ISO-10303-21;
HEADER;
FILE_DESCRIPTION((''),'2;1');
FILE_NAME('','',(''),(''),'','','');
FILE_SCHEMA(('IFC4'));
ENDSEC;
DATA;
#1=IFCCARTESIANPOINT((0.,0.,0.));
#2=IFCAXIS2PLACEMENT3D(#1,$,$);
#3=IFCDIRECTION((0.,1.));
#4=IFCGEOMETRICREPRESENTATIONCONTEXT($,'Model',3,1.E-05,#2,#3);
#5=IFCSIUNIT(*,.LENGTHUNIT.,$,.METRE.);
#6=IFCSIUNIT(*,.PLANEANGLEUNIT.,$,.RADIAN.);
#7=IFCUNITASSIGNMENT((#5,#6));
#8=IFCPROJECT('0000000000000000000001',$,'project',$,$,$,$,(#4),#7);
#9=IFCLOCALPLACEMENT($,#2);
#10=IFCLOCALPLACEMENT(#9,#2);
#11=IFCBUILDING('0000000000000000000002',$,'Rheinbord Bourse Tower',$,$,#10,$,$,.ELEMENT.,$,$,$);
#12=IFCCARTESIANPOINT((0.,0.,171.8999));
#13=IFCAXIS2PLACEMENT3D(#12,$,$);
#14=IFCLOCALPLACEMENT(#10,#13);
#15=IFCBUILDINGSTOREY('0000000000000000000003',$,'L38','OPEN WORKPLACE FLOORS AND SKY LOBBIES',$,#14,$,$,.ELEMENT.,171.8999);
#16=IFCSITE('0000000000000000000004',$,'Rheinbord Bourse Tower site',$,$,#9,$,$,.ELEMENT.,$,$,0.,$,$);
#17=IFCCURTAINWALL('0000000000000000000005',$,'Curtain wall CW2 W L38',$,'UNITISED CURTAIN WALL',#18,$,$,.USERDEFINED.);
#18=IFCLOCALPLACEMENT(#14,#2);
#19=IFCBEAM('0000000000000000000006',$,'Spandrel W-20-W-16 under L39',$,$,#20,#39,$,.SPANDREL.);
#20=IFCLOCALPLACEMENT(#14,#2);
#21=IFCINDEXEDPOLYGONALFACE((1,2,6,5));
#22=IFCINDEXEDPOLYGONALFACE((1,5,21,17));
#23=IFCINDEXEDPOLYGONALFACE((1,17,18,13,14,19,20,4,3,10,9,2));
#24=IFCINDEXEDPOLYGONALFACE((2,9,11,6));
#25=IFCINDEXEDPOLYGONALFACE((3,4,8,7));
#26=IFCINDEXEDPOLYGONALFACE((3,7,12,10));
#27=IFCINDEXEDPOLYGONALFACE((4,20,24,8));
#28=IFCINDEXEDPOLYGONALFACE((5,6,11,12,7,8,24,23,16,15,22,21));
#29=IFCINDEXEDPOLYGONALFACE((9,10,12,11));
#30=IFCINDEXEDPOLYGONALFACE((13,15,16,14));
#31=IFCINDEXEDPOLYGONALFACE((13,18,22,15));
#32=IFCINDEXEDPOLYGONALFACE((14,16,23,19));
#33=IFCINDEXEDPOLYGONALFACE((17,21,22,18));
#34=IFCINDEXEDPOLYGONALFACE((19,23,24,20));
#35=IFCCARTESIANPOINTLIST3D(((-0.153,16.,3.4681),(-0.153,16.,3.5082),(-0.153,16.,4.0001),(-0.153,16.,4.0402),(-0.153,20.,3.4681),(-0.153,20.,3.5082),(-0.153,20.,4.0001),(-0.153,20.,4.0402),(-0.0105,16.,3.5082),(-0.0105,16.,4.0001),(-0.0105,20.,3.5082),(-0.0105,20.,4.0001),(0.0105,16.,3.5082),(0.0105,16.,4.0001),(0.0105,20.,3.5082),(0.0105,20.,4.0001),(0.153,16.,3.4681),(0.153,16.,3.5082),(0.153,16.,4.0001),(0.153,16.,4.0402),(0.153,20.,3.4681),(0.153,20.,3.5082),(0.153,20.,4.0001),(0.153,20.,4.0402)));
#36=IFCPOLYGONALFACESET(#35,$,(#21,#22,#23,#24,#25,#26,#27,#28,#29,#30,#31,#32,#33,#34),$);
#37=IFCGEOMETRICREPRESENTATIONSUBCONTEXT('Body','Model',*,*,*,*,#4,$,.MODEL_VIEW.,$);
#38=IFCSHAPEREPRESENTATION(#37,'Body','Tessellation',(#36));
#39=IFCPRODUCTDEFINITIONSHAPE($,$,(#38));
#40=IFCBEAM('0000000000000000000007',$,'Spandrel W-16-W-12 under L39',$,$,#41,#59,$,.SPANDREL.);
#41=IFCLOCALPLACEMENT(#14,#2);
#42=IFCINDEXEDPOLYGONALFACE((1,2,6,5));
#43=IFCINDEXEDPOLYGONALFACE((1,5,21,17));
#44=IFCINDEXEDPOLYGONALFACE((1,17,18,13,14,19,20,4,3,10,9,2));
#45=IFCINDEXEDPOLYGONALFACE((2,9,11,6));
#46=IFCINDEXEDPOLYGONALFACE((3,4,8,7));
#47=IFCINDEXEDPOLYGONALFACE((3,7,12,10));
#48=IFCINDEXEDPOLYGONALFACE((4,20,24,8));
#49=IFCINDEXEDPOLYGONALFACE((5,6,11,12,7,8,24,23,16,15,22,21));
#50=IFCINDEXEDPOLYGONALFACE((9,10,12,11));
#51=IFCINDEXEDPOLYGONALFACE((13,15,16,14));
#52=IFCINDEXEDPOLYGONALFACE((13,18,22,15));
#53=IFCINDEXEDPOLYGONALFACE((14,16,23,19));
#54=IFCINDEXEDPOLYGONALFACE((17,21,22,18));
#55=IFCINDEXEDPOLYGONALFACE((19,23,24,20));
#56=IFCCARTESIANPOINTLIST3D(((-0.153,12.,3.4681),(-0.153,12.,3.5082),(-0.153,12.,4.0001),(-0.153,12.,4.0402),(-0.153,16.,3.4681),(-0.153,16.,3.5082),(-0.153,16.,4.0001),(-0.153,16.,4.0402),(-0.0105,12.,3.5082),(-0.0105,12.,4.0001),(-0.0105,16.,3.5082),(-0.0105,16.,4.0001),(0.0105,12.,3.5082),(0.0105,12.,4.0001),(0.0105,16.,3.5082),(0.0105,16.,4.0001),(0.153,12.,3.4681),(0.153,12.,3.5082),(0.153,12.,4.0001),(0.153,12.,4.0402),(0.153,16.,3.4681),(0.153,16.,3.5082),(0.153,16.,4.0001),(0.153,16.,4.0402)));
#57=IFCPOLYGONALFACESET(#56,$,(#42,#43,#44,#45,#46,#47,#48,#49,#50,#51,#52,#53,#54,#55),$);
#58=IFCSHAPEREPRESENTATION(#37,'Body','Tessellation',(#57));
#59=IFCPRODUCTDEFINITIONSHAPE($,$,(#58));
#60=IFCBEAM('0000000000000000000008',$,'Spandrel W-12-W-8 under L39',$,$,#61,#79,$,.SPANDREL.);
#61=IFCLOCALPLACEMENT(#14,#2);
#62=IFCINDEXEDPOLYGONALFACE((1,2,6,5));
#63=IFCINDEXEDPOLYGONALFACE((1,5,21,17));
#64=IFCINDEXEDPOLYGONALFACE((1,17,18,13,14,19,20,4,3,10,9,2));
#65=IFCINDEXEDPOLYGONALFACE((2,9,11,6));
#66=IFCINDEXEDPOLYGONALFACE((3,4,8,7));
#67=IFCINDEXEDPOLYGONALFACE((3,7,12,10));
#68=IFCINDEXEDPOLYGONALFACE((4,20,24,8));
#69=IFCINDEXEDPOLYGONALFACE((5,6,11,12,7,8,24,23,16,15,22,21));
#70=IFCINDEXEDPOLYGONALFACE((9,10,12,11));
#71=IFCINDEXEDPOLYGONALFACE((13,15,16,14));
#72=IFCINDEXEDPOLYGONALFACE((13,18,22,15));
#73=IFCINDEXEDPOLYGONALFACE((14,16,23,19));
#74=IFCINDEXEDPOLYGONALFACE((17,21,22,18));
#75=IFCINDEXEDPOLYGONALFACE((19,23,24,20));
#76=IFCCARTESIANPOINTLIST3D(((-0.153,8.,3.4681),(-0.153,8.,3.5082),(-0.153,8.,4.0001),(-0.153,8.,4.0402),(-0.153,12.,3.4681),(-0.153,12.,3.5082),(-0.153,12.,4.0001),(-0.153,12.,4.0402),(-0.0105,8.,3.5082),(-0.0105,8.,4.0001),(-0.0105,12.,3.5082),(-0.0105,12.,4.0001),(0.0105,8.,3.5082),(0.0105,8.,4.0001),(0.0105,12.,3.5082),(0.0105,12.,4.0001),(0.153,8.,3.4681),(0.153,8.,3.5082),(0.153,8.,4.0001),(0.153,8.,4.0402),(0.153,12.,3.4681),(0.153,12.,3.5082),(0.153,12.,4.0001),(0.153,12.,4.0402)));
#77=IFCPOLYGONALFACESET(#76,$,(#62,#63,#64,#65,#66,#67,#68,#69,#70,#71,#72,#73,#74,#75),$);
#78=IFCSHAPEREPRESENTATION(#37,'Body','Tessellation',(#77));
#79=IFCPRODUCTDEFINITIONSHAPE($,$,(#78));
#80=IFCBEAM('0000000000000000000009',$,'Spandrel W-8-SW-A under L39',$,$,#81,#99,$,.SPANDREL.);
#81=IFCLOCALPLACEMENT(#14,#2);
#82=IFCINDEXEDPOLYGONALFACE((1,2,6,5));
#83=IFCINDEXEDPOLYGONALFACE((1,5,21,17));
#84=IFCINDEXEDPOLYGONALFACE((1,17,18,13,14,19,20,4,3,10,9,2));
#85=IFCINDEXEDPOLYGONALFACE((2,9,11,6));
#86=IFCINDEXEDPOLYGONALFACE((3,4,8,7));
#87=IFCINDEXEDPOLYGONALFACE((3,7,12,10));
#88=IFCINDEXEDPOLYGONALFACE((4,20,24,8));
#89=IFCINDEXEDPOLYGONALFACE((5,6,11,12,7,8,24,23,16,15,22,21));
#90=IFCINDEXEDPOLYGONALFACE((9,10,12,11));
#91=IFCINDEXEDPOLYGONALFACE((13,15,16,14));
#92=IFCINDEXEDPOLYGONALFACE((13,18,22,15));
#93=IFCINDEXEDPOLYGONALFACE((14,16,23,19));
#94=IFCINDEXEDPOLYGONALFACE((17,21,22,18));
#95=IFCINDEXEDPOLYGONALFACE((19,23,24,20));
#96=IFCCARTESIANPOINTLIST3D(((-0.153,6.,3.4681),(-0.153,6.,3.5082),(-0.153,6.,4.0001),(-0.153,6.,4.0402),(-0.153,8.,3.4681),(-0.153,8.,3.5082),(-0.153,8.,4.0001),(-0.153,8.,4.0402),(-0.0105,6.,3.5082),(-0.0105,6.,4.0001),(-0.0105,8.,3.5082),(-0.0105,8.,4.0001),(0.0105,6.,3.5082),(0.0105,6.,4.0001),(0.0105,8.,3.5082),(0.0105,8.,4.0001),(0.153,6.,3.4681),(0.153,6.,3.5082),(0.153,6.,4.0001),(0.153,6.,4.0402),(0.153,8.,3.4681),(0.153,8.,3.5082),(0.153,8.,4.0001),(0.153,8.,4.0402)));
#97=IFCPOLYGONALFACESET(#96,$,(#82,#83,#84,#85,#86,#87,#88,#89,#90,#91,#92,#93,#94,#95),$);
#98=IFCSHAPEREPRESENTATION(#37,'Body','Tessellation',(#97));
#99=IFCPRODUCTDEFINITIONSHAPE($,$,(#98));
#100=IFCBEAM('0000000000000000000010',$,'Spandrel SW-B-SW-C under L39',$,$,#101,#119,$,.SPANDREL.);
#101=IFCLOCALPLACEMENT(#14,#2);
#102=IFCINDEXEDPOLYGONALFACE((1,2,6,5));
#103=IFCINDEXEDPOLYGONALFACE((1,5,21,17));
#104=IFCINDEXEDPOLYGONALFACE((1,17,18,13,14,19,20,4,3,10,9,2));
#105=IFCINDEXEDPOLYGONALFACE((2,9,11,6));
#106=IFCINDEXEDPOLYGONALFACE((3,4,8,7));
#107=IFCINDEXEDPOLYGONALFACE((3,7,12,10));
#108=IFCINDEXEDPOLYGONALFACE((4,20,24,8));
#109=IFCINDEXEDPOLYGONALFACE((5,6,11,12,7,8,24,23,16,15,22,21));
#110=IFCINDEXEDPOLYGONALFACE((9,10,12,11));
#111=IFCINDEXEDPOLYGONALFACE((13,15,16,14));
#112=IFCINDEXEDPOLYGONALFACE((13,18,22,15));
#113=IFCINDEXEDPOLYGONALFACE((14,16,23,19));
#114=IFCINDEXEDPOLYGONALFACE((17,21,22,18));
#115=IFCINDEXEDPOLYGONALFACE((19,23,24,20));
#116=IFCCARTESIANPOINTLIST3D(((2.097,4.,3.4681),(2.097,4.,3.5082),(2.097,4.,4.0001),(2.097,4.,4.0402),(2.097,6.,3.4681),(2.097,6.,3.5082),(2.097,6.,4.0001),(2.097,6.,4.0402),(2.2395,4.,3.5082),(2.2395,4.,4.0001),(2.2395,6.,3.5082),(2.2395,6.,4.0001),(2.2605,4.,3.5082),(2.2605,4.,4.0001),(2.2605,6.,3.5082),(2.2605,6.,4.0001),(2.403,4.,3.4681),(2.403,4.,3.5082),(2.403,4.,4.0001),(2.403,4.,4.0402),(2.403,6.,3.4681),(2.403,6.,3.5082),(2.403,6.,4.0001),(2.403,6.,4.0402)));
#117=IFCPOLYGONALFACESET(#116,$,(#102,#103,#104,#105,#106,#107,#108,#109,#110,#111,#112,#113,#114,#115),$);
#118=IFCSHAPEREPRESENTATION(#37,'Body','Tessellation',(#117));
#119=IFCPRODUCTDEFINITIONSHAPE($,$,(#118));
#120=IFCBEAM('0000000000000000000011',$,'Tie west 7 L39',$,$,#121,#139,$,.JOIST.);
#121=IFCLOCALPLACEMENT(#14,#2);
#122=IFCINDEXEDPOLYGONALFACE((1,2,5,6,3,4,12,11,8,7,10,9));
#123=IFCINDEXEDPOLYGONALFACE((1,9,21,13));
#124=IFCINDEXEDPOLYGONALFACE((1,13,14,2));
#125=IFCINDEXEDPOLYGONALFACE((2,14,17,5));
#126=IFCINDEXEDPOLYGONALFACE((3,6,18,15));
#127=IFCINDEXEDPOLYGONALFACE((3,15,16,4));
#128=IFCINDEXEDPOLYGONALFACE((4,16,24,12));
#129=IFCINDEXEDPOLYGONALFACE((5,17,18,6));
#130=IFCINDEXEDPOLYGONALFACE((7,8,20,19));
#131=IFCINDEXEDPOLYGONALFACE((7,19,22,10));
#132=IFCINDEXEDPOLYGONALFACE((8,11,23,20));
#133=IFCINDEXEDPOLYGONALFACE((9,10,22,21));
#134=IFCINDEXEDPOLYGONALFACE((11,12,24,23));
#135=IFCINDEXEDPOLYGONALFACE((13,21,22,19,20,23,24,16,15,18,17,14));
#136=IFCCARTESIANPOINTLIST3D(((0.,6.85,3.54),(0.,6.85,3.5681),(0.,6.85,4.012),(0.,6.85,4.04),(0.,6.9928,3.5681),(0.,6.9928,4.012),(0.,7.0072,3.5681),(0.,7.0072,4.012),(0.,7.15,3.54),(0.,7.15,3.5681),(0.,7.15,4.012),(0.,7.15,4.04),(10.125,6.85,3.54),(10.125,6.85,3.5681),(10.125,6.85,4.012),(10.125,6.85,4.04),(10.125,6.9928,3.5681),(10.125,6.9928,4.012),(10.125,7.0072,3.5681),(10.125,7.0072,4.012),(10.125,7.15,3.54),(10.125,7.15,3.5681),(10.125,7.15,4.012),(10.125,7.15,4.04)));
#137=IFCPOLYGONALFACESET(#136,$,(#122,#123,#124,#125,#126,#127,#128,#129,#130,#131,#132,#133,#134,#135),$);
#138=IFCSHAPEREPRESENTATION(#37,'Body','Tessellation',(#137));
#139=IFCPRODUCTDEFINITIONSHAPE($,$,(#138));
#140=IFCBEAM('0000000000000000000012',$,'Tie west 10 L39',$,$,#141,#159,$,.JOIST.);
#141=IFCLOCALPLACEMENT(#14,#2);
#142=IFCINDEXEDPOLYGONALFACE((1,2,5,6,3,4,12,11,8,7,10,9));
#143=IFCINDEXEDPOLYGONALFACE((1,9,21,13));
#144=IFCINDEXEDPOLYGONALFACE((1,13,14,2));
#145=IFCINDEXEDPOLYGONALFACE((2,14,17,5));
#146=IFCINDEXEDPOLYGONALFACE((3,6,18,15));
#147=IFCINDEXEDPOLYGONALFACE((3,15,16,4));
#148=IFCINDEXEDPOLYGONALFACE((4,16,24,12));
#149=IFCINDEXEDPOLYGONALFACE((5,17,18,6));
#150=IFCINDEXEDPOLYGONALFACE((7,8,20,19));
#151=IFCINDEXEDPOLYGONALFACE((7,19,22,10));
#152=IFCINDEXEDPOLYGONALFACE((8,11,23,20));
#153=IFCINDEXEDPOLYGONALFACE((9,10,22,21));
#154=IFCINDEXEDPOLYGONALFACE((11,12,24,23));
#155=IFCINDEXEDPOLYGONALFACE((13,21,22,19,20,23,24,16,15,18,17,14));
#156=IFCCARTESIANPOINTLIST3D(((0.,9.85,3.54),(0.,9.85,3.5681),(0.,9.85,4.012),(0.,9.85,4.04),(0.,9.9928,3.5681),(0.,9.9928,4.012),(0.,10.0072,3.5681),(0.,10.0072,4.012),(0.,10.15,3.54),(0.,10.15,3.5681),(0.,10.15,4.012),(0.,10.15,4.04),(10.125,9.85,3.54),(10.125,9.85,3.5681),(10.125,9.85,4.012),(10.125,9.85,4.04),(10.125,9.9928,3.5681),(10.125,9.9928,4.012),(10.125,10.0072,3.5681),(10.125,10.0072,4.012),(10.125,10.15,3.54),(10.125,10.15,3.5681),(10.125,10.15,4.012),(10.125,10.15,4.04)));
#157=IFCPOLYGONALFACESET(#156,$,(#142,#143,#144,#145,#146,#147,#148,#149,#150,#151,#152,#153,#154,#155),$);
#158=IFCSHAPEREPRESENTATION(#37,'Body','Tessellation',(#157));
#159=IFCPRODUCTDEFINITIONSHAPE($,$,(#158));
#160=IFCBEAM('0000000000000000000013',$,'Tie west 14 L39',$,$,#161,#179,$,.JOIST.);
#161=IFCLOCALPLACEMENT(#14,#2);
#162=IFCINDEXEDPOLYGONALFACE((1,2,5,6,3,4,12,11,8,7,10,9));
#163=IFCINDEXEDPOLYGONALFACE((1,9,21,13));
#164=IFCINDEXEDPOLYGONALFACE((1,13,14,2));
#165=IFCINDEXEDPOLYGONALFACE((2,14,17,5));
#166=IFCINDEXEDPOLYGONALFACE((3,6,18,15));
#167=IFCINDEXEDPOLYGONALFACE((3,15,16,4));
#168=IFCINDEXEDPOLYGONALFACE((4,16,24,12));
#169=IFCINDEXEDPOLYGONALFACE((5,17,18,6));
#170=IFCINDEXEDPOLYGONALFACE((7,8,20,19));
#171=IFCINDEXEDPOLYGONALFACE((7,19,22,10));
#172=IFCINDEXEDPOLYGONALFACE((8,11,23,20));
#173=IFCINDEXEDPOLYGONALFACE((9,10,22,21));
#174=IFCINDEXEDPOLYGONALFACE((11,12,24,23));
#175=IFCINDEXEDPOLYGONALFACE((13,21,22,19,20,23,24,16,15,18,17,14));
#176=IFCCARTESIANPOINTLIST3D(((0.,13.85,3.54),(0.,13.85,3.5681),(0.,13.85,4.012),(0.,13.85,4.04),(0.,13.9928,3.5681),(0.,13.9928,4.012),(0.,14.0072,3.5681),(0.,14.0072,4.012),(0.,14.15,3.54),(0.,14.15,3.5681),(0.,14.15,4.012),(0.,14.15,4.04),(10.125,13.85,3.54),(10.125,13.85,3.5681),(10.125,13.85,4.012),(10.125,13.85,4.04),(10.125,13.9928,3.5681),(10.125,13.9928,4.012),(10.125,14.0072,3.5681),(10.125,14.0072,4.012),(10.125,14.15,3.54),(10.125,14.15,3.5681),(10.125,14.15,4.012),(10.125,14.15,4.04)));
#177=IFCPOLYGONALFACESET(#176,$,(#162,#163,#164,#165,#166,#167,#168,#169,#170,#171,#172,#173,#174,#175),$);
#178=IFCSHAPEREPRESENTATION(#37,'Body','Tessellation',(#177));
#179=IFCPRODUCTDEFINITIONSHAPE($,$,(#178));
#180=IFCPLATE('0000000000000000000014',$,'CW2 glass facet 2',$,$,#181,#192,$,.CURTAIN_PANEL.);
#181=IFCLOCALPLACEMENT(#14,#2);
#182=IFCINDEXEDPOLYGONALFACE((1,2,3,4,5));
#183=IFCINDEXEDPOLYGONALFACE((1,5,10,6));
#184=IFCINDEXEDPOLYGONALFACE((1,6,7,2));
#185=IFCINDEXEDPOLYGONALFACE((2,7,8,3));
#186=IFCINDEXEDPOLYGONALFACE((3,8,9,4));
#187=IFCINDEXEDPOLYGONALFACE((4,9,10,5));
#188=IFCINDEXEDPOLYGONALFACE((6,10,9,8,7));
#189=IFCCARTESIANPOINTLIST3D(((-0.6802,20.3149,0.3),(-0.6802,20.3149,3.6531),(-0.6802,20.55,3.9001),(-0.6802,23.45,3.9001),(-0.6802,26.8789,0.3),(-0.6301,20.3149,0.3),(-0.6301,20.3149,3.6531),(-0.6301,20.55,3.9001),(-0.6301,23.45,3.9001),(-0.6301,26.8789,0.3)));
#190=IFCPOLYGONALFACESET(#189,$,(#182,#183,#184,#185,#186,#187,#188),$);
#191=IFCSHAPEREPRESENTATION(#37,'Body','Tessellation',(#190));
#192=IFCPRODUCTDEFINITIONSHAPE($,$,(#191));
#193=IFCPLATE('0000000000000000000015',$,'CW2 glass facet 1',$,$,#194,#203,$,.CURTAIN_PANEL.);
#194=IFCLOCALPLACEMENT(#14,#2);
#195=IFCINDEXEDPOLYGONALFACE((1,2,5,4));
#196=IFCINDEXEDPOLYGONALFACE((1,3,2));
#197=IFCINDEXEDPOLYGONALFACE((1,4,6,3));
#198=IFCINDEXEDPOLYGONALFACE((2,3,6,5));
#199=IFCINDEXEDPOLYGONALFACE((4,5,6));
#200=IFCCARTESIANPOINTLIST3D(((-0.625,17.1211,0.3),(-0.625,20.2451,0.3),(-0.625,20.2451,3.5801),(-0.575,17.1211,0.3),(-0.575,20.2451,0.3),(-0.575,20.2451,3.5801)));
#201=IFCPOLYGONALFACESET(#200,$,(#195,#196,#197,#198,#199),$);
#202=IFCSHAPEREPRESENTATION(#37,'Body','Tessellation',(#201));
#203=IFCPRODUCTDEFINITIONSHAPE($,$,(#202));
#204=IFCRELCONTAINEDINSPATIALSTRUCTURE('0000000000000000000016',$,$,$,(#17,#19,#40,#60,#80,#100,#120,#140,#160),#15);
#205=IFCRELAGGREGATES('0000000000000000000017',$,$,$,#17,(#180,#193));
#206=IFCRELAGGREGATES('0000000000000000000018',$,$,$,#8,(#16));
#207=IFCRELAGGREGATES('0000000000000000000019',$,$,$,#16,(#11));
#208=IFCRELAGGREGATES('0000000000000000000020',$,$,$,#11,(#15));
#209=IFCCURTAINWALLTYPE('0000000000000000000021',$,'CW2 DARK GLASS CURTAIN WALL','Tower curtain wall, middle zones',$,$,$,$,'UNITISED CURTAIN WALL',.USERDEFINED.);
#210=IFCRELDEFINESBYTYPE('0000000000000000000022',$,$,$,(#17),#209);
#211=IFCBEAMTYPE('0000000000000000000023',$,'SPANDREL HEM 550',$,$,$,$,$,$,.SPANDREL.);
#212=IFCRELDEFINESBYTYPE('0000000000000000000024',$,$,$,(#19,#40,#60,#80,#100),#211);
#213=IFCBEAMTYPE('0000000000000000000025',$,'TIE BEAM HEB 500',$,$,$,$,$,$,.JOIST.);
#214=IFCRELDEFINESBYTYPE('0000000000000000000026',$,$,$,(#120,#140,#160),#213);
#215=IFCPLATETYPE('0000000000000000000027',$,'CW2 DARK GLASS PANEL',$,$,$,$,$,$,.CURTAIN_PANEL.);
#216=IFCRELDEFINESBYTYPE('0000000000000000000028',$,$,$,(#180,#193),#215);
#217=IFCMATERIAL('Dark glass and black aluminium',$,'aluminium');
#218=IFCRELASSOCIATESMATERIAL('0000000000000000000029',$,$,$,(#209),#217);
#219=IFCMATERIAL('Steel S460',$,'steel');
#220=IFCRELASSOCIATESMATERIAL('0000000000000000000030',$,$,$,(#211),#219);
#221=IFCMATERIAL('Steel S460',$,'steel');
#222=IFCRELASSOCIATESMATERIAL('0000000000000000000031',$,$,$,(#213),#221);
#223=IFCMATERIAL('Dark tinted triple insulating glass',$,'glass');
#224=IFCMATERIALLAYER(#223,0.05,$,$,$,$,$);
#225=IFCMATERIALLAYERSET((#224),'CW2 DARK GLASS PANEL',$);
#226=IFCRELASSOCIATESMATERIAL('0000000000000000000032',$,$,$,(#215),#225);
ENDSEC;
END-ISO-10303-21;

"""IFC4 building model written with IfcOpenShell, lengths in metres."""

from ifc_helpers import new_model, si_unit, direction, frame, origin, origin_2d, place, context, subcontext, project, spatial, polyline, i_section, outline, extrude, material, layer, layer_set, material_profile, profile_set, type_object, element, aggregate, save


model = new_model("IFC4")

# Units and contexts
model_context = context("Model", 3, precision=1e-05, world=origin(), true_north=direction((0.0, 1.0)))
body_context = subcontext(model_context, "Body", "Model", "MODEL_VIEW")
ifc_project = project(units=[si_unit("LENGTHUNIT", "METRE"), si_unit("PLANEANGLEUNIT", "RADIAN")], contexts=[model_context])

# Site, building, storey
site_placement = place(None, origin())
site = spatial("IfcSite", under=ifc_project, at=site_placement, Name="Rheinbord Bourse Tower site", CompositionType="ELEMENT", RefElevation=0.0)
building_placement = place(site_placement, origin())
building = spatial("IfcBuilding", under=site, at=building_placement, Name="Rheinbord Bourse Tower", CompositionType="ELEMENT")
storey_placement = place(building_placement, frame((0.0, 0.0, 171.8999)))
storey = spatial("IfcBuildingStorey", under=building, at=storey_placement, Name="L38", Description="OPEN WORKPLACE FLOORS AND SKY LOBBIES", CompositionType="ELEMENT", Elevation=171.8999)

# Curtain wall
ifc_material_1 = material(Name="Dark glass and black aluminium", Category="aluminium")
curtain_wall_type = type_object("IfcCurtainWallType", Name="CW2 DARK GLASS CURTAIN WALL", Description="Tower curtain wall, middle zones", ElementType="UNITISED CURTAIN WALL", PredefinedType="USERDEFINED", material=ifc_material_1)
curtain_wall_placement = place(storey_placement, origin())
curtain_wall = element("IfcCurtainWall", 1, at=curtain_wall_placement, inside=storey, type_object=curtain_wall_type, Name="Curtain wall CW2 W L38", ObjectType="UNITISED CURTAIN WALL", PredefinedType="USERDEFINED")

# Beams
ifc_material_2 = material(Name="Steel S460", Category="steel")
ifc_material_profile_1 = material_profile(ifc_material_2, i_section(OverallWidth=0.3059, OverallDepth=0.572, WebThickness=0.021, FlangeThickness=0.04, at=origin_2d()), Name="HEM 550")
ifc_profile_set_1 = profile_set([ifc_material_profile_1], Name="Steel S460")
beam_type_1 = type_object("IfcBeamType", Name="SPANDREL HEM 550", PredefinedType="SPANDREL", material=ifc_profile_set_1)
for number, where, z_axis, x_axis, name in (
    (2, (0.0, 20.0, 3.7542), (0.0, -1.0, 0.0), (1.0, 0.0, 0.0), "Spandrel W-20-W-16 under L39"),
    (3, (0.0, 16.0, 3.7542), (0.0, -1.0, 0.0), (1.0, 0.0, 0.0), "Spandrel W-16-W-12 under L39"),
    (4, (0.0, 12.0, 3.7542), (0.0, -1.0, 0.0), (1.0, 0.0, 0.0), "Spandrel W-12-W-8 under L39"),
):
    element("IfcBeam", number, at=place(storey_placement, frame(where, z_axis=z_axis, x_axis=x_axis)), inside=storey, type_object=beam_type_1, Name=name, PredefinedType="SPANDREL", context=body_context, shape_type="SweptSolid", body=[
        extrude(i_section(OverallWidth=0.3059, OverallDepth=0.572, WebThickness=0.021, FlangeThickness=0.04, at=origin_2d()), origin(), (0.0, 0.0, 1.0), 4.0),
    ])
for number, where, z_axis, x_axis, name in (
    (5, (0.0, 8.0, 3.7542), (0.0, -1.0, 0.0), (1.0, 0.0, 0.0), "Spandrel W-8-SW-A under L39"),
    (6, (2.25, 6.0, 3.7542), (0.0, -1.0, 0.0), (1.0, 0.0, 0.0), "Spandrel SW-B-SW-C under L39"),
):
    element("IfcBeam", number, at=place(storey_placement, frame(where, z_axis=z_axis, x_axis=x_axis)), inside=storey, type_object=beam_type_1, Name=name, PredefinedType="SPANDREL", context=body_context, shape_type="SweptSolid", body=[
        extrude(i_section(OverallWidth=0.3059, OverallDepth=0.572, WebThickness=0.021, FlangeThickness=0.04, at=origin_2d()), origin(), (0.0, 0.0, 1.0), 2.0),
    ])
ifc_material_3 = material(Name="Steel S460", Category="steel")
ifc_material_profile_2 = material_profile(ifc_material_3, i_section(OverallWidth=0.3, OverallDepth=0.5, WebThickness=0.0144, FlangeThickness=0.0281, at=origin_2d()), Name="HEB 500")
ifc_profile_set_2 = profile_set([ifc_material_profile_2], Name="Steel S460")
beam_type_2 = type_object("IfcBeamType", Name="TIE BEAM HEB 500", PredefinedType="JOIST", material=ifc_profile_set_2)
for number, where, z_axis, x_axis, name in (
    (7, (0.0, 7.0, 3.79), (1.0, 0.0, 0.0), (0.0, 1.0, 0.0), "Tie west 7 L39"),
    (8, (0.0, 10.0, 3.79), (1.0, 0.0, 0.0), (0.0, 1.0, 0.0), "Tie west 10 L39"),
    (9, (0.0, 14.0, 3.79), (1.0, 0.0, 0.0), (0.0, 1.0, 0.0), "Tie west 14 L39"),
):
    element("IfcBeam", number, at=place(storey_placement, frame(where, z_axis=z_axis, x_axis=x_axis)), inside=storey, type_object=beam_type_2, Name=name, PredefinedType="JOIST", context=body_context, shape_type="SweptSolid", body=[
        extrude(i_section(OverallWidth=0.3, OverallDepth=0.5, WebThickness=0.0144, FlangeThickness=0.0281, at=origin_2d()), origin(), (0.0, 0.0, 1.0), 10.125),
    ])

# Plates
ifc_material_4 = material(Name="Dark tinted triple insulating glass", Category="glass")
ifc_layer_1 = layer(ifc_material_4, 0.05)
ifc_layer_set_1 = layer_set([ifc_layer_1], Name="CW2 DARK GLASS PANEL")
plate_type = type_object("IfcPlateType", Name="CW2 DARK GLASS PANEL", PredefinedType="CURTAIN_PANEL", material=ifc_layer_set_1)
plate_1_placement = place(storey_placement, frame((-0.6802, 20.3149, 0.3), z_axis=(1.0, 0.0, 0.0), x_axis=(0.0, 1.0, 0.0)))
plate_1 = element("IfcPlate", 10, at=plate_1_placement, type_object=plate_type, Name="CW2 glass facet 2", PredefinedType="CURTAIN_PANEL", context=body_context, shape_type="SweptSolid", body=[
    extrude(outline(polyline([(0.0, 0.0), (6.564, 0.0), (3.135, 3.6001), (0.2351, 3.6001), (0.0, 3.353), (0.0, 0.0)])), origin(), (0.0, 0.0, 1.0), 0.05),
])
plate_2_placement = place(storey_placement, frame((-0.625, 20.2451, 0.3), z_axis=(1.0, 0.0, 0.0), x_axis=(0.0, 0.0, 1.0)))
plate_2 = element("IfcPlate", 11, at=plate_2_placement, type_object=plate_type, Name="CW2 glass facet 1", PredefinedType="CURTAIN_PANEL", context=body_context, shape_type="SweptSolid", body=[
    extrude(outline(polyline([(0.0, 0.0), (3.28, 0.0), (0.0, 3.124), (0.0, 0.0)])), origin(), (0.0, 0.0, 1.0), 0.05),
])
aggregate(curtain_wall, [plate_1, plate_2])

save(model, "model.ifc")
